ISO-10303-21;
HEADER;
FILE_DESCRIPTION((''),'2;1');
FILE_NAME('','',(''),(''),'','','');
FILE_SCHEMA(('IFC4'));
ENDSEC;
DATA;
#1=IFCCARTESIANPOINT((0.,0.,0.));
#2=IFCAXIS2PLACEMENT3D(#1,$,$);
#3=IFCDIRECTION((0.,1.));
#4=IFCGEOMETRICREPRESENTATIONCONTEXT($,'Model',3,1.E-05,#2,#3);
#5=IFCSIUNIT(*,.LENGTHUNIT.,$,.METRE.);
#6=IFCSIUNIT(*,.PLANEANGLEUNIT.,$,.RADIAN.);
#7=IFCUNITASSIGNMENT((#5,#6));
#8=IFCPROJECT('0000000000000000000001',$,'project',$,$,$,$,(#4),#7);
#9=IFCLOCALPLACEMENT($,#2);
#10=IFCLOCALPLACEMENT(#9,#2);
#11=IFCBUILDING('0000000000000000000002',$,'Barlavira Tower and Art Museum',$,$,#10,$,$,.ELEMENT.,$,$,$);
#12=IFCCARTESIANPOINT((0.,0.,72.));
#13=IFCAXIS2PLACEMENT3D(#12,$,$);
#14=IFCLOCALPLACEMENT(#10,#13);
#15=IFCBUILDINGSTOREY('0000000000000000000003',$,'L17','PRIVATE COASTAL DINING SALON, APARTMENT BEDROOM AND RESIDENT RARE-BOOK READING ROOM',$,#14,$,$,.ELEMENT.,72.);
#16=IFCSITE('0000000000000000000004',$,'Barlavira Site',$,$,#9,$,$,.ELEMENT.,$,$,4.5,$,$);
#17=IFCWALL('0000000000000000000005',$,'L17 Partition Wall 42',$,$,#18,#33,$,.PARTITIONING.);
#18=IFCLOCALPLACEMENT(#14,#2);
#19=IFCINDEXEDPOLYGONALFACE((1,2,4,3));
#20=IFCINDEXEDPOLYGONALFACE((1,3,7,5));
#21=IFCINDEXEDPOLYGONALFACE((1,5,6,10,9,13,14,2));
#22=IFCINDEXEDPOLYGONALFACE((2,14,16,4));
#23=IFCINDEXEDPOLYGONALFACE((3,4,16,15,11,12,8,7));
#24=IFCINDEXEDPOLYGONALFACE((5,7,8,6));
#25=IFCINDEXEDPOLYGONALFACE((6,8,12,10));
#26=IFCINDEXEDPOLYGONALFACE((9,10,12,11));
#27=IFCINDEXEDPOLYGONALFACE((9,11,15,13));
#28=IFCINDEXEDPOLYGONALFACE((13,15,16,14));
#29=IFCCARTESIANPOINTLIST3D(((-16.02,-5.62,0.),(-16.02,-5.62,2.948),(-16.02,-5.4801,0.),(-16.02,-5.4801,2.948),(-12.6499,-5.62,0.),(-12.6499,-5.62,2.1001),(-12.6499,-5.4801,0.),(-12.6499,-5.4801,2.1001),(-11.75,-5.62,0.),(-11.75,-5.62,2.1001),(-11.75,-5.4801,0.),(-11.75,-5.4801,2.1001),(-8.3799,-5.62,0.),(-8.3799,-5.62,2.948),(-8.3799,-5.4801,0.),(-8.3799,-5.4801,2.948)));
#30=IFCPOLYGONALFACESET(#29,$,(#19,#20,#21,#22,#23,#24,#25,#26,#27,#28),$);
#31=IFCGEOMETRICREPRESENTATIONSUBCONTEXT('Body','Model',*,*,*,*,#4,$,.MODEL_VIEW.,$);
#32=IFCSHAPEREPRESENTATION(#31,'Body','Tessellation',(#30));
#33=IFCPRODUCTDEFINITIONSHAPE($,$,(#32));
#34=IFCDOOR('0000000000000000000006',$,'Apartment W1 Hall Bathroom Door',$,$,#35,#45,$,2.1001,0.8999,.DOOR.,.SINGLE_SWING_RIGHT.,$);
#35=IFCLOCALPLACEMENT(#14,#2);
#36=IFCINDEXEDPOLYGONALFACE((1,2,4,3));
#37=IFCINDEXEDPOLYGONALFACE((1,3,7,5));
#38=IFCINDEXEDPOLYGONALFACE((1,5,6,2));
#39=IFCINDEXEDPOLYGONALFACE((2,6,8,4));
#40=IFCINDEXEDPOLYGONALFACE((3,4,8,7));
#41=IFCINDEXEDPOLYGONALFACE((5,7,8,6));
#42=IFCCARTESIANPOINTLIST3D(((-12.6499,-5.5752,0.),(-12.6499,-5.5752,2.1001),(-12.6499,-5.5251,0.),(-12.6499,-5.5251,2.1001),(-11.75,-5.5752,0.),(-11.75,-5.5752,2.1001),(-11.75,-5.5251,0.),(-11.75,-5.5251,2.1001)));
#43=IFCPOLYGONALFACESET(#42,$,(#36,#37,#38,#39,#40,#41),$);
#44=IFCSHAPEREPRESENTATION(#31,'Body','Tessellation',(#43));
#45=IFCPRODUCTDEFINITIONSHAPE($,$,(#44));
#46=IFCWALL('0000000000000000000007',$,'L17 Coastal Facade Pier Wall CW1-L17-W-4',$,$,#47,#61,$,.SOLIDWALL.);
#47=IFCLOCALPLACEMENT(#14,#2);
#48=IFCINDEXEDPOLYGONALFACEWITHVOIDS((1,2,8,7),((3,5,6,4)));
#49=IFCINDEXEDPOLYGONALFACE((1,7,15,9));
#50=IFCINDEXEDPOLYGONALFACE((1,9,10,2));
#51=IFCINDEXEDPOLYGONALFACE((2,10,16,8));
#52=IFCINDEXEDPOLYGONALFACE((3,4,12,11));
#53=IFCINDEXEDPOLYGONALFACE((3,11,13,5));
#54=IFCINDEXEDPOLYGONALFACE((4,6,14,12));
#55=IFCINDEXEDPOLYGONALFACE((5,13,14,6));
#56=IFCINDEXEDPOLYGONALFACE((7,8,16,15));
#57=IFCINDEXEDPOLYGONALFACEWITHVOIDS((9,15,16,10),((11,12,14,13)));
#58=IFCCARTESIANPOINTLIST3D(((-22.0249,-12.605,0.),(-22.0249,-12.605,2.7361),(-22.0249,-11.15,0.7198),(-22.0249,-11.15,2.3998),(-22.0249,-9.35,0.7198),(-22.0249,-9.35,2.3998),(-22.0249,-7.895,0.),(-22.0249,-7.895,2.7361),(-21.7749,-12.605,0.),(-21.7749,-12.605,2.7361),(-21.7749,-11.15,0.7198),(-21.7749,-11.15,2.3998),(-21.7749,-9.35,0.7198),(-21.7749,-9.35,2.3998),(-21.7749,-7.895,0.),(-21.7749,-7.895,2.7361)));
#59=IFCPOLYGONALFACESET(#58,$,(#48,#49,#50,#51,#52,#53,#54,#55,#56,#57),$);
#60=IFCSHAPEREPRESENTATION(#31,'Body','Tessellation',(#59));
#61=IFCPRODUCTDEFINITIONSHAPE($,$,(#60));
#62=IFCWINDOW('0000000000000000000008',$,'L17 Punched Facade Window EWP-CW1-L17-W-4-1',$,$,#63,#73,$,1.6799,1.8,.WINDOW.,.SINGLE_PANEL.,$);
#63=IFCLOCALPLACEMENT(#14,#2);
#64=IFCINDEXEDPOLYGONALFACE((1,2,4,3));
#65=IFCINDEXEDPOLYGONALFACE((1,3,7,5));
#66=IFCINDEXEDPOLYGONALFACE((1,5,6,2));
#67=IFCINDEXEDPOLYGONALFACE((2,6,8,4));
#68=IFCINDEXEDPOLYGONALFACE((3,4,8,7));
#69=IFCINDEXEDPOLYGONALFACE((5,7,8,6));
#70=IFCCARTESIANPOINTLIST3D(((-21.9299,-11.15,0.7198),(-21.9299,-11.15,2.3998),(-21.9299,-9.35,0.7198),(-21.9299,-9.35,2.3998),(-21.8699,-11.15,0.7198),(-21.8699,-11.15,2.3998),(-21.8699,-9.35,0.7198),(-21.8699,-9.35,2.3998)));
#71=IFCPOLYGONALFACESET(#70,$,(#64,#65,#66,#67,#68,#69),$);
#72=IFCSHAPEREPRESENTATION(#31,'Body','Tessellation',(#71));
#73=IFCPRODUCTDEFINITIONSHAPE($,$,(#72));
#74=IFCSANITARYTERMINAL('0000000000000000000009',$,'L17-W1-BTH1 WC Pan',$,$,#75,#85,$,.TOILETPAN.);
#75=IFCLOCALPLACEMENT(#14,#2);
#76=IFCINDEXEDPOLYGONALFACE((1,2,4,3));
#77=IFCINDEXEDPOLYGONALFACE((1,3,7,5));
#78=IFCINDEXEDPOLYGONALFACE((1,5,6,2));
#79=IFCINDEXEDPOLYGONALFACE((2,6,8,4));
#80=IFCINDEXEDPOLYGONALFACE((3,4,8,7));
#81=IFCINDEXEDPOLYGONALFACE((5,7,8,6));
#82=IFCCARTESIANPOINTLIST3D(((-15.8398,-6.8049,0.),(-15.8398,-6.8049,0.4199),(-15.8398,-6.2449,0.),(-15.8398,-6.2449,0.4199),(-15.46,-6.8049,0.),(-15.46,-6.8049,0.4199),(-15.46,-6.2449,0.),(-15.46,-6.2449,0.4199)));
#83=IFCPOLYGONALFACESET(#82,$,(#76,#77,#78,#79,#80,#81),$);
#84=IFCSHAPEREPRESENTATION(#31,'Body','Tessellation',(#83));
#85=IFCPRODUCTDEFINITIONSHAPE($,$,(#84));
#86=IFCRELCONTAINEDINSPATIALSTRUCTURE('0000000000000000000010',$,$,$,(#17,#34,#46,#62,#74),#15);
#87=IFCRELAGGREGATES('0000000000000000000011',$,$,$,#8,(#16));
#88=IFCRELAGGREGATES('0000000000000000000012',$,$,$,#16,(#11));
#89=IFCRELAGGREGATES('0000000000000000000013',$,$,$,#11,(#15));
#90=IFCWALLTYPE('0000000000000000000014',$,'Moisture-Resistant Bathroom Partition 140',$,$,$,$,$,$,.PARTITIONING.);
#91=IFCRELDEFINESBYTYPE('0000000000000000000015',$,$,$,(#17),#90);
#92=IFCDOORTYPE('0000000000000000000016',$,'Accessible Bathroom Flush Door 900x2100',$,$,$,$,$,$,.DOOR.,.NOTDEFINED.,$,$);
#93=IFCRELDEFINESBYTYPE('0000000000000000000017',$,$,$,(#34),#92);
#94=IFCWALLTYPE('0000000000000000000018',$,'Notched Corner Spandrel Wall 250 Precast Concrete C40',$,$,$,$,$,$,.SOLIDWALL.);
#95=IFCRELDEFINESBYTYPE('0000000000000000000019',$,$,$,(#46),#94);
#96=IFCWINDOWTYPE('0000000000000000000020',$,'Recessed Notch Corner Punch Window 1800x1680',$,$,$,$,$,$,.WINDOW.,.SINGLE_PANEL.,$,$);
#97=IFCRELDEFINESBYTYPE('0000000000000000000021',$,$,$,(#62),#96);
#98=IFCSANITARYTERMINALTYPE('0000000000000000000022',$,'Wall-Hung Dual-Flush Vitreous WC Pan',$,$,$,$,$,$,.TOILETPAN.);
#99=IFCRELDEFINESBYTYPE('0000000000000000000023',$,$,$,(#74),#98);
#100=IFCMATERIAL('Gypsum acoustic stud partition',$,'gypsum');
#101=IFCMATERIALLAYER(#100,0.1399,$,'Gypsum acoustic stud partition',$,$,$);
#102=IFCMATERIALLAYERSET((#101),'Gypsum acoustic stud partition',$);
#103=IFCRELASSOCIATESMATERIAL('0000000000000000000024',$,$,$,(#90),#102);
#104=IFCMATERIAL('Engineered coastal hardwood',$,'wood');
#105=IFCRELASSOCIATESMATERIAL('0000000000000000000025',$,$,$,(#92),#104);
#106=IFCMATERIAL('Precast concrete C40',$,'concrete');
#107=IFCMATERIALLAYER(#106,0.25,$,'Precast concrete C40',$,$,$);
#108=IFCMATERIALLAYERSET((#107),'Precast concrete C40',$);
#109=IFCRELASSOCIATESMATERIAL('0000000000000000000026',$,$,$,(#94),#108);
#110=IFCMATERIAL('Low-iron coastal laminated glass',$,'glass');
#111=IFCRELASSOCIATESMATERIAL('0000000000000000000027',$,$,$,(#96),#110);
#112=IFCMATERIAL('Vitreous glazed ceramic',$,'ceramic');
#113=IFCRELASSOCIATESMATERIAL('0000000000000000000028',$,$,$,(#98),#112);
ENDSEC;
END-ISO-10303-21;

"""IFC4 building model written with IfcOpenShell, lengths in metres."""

from ifc_helpers import new_model, si_unit, direction, frame, frame_2d, origin, origin_2d, place, context, subcontext, project, spatial, rectangle, extrude, material, layer, layer_set, type_object, element, fill, save


model = new_model("IFC4")

# Units and contexts
model_context = context("Model", 3, precision=1e-05, world=origin(), true_north=direction((0.0, 1.0)))
body_context = subcontext(model_context, "Body", "Model", "MODEL_VIEW")
ifc_project = project(units=[si_unit("LENGTHUNIT", "METRE"), si_unit("PLANEANGLEUNIT", "RADIAN")], contexts=[model_context])

# Site, building, storey
site_placement = place(None, origin())
site = spatial("IfcSite", under=ifc_project, at=site_placement, Name="Barlavira Site", CompositionType="ELEMENT", RefElevation=4.5)
building_placement = place(site_placement, origin())
building = spatial("IfcBuilding", under=site, at=building_placement, Name="Barlavira Tower and Art Museum", CompositionType="ELEMENT")
storey_placement = place(building_placement, frame((0.0, 0.0, 72.0)))
storey = spatial("IfcBuildingStorey", under=building, at=storey_placement, Name="L17", Description="PRIVATE COASTAL DINING SALON, APARTMENT BEDROOM AND RESIDENT RARE-BOOK READING ROOM", CompositionType="ELEMENT", Elevation=72.0)

# Shared definitions
ifc_material_1 = material(Name="Low-iron coastal laminated glass", Category="glass")

# Shared definitions
ifc_material_2 = material(Name="Gypsum acoustic stud partition", Category="gypsum")

# Wall, opening, door
ifc_layer_1 = layer(ifc_material_2, 0.1399, Name="Gypsum acoustic stud partition")
ifc_layer_set_1 = layer_set([ifc_layer_1], Name="Gypsum acoustic stud partition")
wall_type_1 = type_object("IfcWallType", Name="Moisture-Resistant Bathroom Partition 140", PredefinedType="PARTITIONING", material=ifc_layer_set_1)
ifc_material_3 = material(Name="Engineered coastal hardwood", Category="wood")
wall_1_placement = place(storey_placement, frame((-16.02, -5.55, 0.0), z_axis=(0.0, 0.0, 1.0), x_axis=(1.0, 0.0, 0.0)))
wall_1 = element("IfcWall", 1, at=wall_1_placement, inside=storey, type_object=wall_type_1, Name="L17 Partition Wall 42", PredefinedType="PARTITIONING", context=body_context, shape_type="SweptSolid", body=[
    extrude(rectangle(XDim=7.6401, YDim=0.1399, at=frame_2d((3.8201, 0.0))), origin(), (0.0, 0.0, 1.0), 2.948),
])
opening_1_placement = place(wall_1_placement, frame((3.3701, 0.0, 0.0)))
opening_1 = element("IfcOpeningElement", 2, at=opening_1_placement, cuts=wall_1, PredefinedType="OPENING", context=body_context, shape_type="SweptSolid", body=[
    extrude(rectangle(XDim=0.8999, YDim=2.1001, at=frame_2d((0.45, 1.05))), frame((0.0, 0.0801, 0.0), z_axis=(0.0, -1.0, 0.0), x_axis=(1.0, 0.0, 0.0)), (0.0, 0.0, 1.0), 0.1599),
])
door_type_1 = type_object("IfcDoorType", Name="Accessible Bathroom Flush Door 900x2100", OperationType="NOTDEFINED", PredefinedType="DOOR", material=ifc_material_3)
door_1_placement = place(opening_1_placement, origin())
door_1 = element("IfcDoor", 3, at=door_1_placement, inside=storey, type_object=door_type_1, Name="Apartment W1 Hall Bathroom Door", OperationType="SINGLE_SWING_RIGHT", OverallHeight=2.1001, OverallWidth=0.8999, PredefinedType="DOOR", context=body_context, shape_type="SweptSolid", body=[
    extrude(rectangle(XDim=0.8999, YDim=2.1001, at=frame_2d((0.45, 1.05))), frame((0.0, 0.0249, 0.0), z_axis=(0.0, -1.0, 0.0), x_axis=(1.0, 0.0, 0.0)), (0.0, 0.0, 1.0), 0.05),
])
fill(opening_1, door_1)

# Wall, opening, window
ifc_material_4 = material(Name="Precast concrete C40", Category="concrete")
ifc_layer_2 = layer(ifc_material_4, 0.25, Name="Precast concrete C40")
ifc_layer_set_2 = layer_set([ifc_layer_2], Name="Precast concrete C40")
wall_type_2 = type_object("IfcWallType", Name="Notched Corner Spandrel Wall 250 Precast Concrete C40", PredefinedType="SOLIDWALL", material=ifc_layer_set_2)
wall_2_placement = place(storey_placement, frame((-21.8999, -7.895, 0.0), z_axis=(0.0, 0.0, 1.0), x_axis=(0.0, -1.0, 0.0)))
wall_2 = element("IfcWall", 4, at=wall_2_placement, inside=storey, type_object=wall_type_2, Name="L17 Coastal Facade Pier Wall CW1-L17-W-4", PredefinedType="SOLIDWALL", context=body_context, shape_type="SweptSolid", body=[
    extrude(rectangle(XDim=4.71, YDim=0.25, at=frame_2d((2.355, 0.0))), origin(), (0.0, 0.0, 1.0), 2.7361),
])
opening_2_placement = place(wall_2_placement, frame((1.4551, 0.0, 0.72)))
opening_2 = element("IfcOpeningElement", 5, at=opening_2_placement, cuts=wall_2, PredefinedType="OPENING", context=body_context, shape_type="SweptSolid", body=[
    extrude(rectangle(XDim=1.8, YDim=1.6799, at=frame_2d((0.8999, 0.8398))), frame((0.0, 0.135, 0.0), z_axis=(0.0, -1.0, 0.0), x_axis=(1.0, 0.0, 0.0)), (0.0, 0.0, 1.0), 0.27),
])
window_type = type_object("IfcWindowType", Name="Recessed Notch Corner Punch Window 1800x1680", PartitioningType="SINGLE_PANEL", PredefinedType="WINDOW", material=ifc_material_1)
window_placement = place(opening_2_placement, origin())
window = element("IfcWindow", 6, at=window_placement, inside=storey, type_object=window_type, Name="L17 Punched Facade Window EWP-CW1-L17-W-4-1", OverallHeight=1.6799, OverallWidth=1.8, PartitioningType="SINGLE_PANEL", PredefinedType="WINDOW", context=body_context, shape_type="SweptSolid", body=[
    extrude(rectangle(XDim=1.8, YDim=1.6799, at=frame_2d((0.8999, 0.8398))), frame((0.0, 0.03, 0.0), z_axis=(0.0, -1.0, 0.0), x_axis=(1.0, 0.0, 0.0)), (0.0, 0.0, 1.0), 0.0601),
])
fill(opening_2, window)

# Sanitary terminal
ifc_material_5 = material(Name="Vitreous glazed ceramic", Category="ceramic")
sanitary_terminal_type = type_object("IfcSanitaryTerminalType", Name="Wall-Hung Dual-Flush Vitreous WC Pan", PredefinedType="TOILETPAN", material=ifc_material_5)
sanitary_terminal_placement = place(storey_placement, frame((-15.6499, -6.5249, 0.0), z_axis=(0.0, 0.0, 1.0), x_axis=(1.0, 0.0, 0.0)))
element("IfcSanitaryTerminal", 7, at=sanitary_terminal_placement, inside=storey, type_object=sanitary_terminal_type, Name="L17-W1-BTH1 WC Pan", PredefinedType="TOILETPAN", context=body_context, shape_type="SweptSolid", body=[
    extrude(rectangle(XDim=0.3799, YDim=0.5601, at=origin_2d()), origin(), (0.0, 0.0, 1.0), 0.4199),
])

save(model, "model.ifc")
